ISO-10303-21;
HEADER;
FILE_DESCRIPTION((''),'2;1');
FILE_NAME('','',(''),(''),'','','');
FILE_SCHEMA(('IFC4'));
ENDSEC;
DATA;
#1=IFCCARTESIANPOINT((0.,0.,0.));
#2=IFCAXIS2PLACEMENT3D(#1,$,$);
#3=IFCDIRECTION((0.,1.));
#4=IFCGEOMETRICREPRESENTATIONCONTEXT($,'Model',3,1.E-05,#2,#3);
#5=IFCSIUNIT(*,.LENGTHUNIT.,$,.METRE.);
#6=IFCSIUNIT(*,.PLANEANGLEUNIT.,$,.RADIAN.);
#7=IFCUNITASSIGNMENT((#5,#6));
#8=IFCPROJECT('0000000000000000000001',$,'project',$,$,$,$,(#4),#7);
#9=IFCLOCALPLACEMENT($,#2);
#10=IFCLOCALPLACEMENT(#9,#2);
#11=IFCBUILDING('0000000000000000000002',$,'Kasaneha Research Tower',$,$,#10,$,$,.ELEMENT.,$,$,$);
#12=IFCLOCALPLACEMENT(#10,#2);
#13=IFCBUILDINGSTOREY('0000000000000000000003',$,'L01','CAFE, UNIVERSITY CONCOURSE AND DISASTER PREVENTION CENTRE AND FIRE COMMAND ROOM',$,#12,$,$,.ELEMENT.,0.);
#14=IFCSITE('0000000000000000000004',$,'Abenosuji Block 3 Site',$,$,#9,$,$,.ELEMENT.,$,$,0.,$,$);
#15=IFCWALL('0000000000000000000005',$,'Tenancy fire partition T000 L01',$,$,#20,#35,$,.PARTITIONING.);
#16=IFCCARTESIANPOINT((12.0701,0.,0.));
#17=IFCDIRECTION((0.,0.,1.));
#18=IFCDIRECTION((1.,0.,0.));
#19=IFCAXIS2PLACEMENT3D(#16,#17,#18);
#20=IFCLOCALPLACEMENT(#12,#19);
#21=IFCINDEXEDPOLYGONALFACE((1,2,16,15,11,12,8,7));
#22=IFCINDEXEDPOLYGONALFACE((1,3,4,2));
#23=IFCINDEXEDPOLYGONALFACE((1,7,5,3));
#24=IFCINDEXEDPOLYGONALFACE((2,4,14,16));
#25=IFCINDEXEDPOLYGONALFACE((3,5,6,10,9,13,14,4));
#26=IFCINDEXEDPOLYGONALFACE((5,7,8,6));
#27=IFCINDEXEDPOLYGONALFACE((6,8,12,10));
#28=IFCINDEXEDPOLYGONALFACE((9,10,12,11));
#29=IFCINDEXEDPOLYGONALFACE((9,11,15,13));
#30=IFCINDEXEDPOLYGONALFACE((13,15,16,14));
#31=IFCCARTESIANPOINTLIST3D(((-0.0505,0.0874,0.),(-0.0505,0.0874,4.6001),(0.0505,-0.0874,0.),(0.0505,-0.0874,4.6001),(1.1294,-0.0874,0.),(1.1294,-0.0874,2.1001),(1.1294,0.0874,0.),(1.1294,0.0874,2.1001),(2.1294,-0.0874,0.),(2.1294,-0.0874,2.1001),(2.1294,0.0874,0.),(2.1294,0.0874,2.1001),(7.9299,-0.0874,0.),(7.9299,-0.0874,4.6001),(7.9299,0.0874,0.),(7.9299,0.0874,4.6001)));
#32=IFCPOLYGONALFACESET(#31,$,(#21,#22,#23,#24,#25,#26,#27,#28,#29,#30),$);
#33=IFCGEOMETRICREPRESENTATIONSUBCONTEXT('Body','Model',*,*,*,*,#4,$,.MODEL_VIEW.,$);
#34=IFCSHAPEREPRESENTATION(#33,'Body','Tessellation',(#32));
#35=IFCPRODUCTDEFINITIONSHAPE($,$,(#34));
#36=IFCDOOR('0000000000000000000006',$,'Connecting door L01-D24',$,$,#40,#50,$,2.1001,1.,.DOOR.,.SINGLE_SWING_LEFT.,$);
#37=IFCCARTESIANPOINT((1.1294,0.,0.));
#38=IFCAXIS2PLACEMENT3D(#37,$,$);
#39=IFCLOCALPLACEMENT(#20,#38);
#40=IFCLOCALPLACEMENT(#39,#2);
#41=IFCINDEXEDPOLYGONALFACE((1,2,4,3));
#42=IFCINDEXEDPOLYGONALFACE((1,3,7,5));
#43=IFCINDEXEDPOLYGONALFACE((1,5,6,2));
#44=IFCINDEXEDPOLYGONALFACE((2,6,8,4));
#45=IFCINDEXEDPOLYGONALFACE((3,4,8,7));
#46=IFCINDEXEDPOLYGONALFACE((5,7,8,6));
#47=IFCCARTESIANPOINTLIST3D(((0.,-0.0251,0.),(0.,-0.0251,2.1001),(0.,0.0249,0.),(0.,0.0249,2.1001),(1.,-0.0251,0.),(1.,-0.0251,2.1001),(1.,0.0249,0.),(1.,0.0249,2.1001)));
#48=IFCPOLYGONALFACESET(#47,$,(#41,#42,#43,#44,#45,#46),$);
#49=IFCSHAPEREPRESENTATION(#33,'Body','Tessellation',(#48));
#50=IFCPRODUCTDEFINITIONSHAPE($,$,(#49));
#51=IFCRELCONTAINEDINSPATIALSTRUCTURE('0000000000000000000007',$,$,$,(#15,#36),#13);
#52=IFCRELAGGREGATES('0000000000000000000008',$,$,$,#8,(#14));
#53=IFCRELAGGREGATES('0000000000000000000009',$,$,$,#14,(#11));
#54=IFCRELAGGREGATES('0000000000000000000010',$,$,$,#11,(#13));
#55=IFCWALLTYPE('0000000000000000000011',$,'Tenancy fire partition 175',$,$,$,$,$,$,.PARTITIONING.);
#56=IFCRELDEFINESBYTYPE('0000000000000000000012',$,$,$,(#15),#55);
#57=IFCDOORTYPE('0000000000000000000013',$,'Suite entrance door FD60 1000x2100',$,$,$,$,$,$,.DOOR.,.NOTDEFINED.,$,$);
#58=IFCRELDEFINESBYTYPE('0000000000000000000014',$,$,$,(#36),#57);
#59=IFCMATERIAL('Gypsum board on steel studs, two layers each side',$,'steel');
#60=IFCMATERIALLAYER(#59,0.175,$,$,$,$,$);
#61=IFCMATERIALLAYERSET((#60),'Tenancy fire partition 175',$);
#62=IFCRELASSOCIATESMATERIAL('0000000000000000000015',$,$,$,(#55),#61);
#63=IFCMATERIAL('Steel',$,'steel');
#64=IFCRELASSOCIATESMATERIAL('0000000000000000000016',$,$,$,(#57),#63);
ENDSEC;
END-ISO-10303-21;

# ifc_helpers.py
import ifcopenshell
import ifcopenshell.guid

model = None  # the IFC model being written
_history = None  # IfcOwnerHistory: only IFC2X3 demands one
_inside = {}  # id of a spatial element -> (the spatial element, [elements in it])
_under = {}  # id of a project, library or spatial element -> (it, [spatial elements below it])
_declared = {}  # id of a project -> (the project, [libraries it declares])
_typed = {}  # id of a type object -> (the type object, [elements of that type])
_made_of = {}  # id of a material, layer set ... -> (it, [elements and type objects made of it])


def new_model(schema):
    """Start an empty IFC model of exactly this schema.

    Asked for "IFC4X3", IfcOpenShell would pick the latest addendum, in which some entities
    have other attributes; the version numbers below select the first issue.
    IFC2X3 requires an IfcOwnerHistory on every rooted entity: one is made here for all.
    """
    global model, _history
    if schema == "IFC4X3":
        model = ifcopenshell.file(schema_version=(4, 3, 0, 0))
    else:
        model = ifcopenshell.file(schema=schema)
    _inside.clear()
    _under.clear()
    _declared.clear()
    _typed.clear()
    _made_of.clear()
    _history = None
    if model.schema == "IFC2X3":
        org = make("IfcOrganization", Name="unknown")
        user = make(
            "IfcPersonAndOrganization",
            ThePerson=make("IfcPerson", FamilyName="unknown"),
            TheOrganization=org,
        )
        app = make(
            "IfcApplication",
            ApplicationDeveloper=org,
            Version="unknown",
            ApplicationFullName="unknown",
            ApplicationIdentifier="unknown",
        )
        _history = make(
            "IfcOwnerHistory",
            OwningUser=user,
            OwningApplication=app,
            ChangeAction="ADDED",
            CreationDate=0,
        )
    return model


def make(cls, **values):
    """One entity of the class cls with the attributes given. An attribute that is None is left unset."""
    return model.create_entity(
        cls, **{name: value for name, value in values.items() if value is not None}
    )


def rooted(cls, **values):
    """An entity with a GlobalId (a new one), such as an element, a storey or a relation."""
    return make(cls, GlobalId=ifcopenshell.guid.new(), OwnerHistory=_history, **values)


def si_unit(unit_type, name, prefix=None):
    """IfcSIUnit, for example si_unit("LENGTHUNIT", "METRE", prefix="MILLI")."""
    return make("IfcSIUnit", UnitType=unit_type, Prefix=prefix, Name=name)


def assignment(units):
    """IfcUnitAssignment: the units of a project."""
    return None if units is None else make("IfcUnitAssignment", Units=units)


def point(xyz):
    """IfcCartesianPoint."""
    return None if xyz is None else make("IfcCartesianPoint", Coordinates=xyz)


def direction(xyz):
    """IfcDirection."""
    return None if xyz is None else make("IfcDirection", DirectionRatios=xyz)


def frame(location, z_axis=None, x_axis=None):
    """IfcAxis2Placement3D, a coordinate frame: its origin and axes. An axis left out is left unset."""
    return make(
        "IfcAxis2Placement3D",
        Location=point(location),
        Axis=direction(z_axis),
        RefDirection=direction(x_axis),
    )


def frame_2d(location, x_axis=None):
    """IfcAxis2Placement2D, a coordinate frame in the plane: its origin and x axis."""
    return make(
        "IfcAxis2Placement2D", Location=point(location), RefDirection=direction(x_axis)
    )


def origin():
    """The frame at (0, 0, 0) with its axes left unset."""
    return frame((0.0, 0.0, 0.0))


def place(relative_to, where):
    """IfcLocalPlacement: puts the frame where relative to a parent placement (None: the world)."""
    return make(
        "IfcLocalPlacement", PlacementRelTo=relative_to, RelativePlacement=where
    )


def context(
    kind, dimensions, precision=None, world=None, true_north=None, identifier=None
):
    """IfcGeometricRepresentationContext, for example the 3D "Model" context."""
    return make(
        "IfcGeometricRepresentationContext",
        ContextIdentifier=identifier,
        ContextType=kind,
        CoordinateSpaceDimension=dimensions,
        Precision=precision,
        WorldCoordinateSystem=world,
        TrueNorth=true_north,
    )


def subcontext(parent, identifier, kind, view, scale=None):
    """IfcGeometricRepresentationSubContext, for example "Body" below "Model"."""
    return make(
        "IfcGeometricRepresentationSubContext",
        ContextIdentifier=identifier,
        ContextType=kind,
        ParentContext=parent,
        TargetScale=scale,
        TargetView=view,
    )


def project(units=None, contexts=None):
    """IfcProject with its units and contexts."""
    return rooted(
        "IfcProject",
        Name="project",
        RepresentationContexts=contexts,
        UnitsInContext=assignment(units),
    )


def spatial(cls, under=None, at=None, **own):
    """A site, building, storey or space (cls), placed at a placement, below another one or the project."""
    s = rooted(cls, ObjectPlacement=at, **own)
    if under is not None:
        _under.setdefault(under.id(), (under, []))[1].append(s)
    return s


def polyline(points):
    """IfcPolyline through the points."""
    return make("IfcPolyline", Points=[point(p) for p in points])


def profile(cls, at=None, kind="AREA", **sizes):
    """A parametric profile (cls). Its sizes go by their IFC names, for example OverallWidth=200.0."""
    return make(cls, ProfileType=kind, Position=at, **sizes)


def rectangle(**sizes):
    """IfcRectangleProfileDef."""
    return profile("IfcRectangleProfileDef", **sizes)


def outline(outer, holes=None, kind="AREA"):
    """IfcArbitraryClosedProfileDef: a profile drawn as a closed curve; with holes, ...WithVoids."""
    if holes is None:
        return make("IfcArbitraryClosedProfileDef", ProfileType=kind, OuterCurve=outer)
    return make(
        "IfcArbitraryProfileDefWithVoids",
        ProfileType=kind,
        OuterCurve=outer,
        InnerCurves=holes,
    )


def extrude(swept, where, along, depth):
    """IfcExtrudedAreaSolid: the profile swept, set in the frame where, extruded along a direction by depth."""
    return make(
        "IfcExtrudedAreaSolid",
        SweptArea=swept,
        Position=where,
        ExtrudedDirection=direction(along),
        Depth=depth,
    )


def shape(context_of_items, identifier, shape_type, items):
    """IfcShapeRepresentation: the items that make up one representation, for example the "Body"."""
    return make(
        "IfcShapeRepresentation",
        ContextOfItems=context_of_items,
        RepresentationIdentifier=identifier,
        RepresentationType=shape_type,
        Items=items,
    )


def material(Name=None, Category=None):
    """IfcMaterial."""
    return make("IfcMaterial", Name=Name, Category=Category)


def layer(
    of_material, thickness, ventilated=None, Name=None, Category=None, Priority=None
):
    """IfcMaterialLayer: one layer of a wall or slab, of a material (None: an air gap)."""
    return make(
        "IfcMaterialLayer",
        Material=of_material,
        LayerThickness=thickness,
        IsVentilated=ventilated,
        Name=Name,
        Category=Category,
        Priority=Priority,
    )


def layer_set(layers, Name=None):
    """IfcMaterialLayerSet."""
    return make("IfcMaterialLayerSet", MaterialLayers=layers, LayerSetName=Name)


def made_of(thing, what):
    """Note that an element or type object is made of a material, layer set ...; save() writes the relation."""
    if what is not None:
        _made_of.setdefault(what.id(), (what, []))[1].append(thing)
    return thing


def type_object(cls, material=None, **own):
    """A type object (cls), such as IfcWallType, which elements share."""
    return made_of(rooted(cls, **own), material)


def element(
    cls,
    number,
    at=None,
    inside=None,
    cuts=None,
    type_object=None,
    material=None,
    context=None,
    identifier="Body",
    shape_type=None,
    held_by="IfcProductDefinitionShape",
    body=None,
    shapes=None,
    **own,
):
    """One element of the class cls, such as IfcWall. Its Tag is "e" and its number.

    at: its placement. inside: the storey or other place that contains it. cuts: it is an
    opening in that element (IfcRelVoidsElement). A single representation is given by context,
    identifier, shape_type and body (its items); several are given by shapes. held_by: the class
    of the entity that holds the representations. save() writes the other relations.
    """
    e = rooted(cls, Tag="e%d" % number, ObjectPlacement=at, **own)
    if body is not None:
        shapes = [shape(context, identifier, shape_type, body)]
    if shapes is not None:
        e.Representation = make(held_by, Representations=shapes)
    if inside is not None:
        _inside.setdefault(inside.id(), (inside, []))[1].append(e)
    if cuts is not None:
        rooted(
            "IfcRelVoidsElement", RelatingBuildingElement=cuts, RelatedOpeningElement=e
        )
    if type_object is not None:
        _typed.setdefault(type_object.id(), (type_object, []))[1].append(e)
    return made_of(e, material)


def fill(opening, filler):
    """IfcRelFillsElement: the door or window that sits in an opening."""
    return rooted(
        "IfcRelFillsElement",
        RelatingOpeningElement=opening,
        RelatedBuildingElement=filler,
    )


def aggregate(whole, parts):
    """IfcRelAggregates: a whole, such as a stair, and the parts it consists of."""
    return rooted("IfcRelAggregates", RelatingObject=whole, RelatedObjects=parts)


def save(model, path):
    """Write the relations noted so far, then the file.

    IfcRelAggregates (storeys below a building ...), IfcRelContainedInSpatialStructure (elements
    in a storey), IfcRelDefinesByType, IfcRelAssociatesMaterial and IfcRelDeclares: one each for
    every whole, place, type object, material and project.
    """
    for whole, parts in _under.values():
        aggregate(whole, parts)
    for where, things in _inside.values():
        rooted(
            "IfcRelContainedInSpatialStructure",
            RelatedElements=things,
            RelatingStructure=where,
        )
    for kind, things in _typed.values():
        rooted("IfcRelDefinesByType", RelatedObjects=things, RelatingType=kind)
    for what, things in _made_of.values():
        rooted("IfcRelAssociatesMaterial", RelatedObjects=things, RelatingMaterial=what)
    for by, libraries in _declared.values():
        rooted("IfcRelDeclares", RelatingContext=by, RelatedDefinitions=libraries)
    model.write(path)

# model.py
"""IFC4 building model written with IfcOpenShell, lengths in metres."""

from ifc_helpers import new_model, si_unit, direction, frame, frame_2d, origin, place, context, subcontext, project, spatial, polyline, rectangle, outline, extrude, material, layer, layer_set, type_object, element, fill, save


model = new_model("IFC4")

# Units and contexts
model_context = context("Model", 3, precision=1e-05, world=origin(), true_north=direction((0.0, 1.0)))
body_context = subcontext(model_context, "Body", "Model", "MODEL_VIEW")
ifc_project = project(units=[si_unit("LENGTHUNIT", "METRE"), si_unit("PLANEANGLEUNIT", "RADIAN")], contexts=[model_context])

# Site, building, storey
site_placement = place(None, origin())
site = spatial("IfcSite", under=ifc_project, at=site_placement, Name="Abenosuji Block 3 Site", CompositionType="ELEMENT", RefElevation=0.0)
building_placement = place(site_placement, origin())
building = spatial("IfcBuilding", under=site, at=building_placement, Name="Kasaneha Research Tower", CompositionType="ELEMENT")
storey_placement = place(building_placement, origin())
storey = spatial("IfcBuildingStorey", under=building, at=storey_placement, Name="L01", Description="CAFE, UNIVERSITY CONCOURSE AND DISASTER PREVENTION CENTRE AND FIRE COMMAND ROOM", CompositionType="ELEMENT", Elevation=0.0)

# Wall, opening, door
ifc_material_1 = material(Name="Gypsum board on steel studs, two layers each side", Category="steel")
ifc_layer_1 = layer(ifc_material_1, 0.175)
ifc_layer_set_1 = layer_set([ifc_layer_1], Name="Tenancy fire partition 175")
wall_type_1 = type_object("IfcWallType", Name="Tenancy fire partition 175", PredefinedType="PARTITIONING", material=ifc_layer_set_1)
wall_1_placement = place(storey_placement, frame((12.0701, 0.0, 0.0), z_axis=(0.0, 0.0, 1.0), x_axis=(1.0, 0.0, 0.0)))
wall_1 = element("IfcWall", 1, at=wall_1_placement, inside=storey, type_object=wall_type_1, Name="Tenancy fire partition T000 L01", PredefinedType="PARTITIONING", context=body_context, shape_type="SweptSolid", body=[
    extrude(outline(polyline([(0.0505, -0.0874), (1.1294, -0.0874), (2.1294, -0.0874), (7.9299, -0.0874), (7.9299, 0.0874), (2.1294, 0.0874), (1.1294, 0.0874), (-0.0505, 0.0874), (0.0505, -0.0874)])), origin(), (0.0, 0.0, 1.0), 4.6001),
])
opening_1_placement = place(wall_1_placement, frame((1.1294, 0.0, 0.0)))
opening_1 = element("IfcOpeningElement", 2, at=opening_1_placement, cuts=wall_1, PredefinedType="OPENING", context=body_context, shape_type="SweptSolid", body=[
    extrude(rectangle(XDim=1.0, YDim=2.1001, at=frame_2d((0.5, 1.05))), frame((0.0, 0.0977, 0.0), z_axis=(0.0, -1.0, 0.0), x_axis=(1.0, 0.0, 0.0)), (0.0, 0.0, 1.0), 0.1951),
])
ifc_material_2 = material(Name="Steel", Category="steel")
door_type_1 = type_object("IfcDoorType", Name="Suite entrance door FD60 1000x2100", OperationType="NOTDEFINED", PredefinedType="DOOR", material=ifc_material_2)
door_1_placement = place(opening_1_placement, origin())
door_1 = element("IfcDoor", 3, at=door_1_placement, inside=storey, type_object=door_type_1, Name="Connecting door L01-D24", OperationType="SINGLE_SWING_LEFT", OverallHeight=2.1001, OverallWidth=1.0, PredefinedType="DOOR", context=body_context, shape_type="SweptSolid", body=[
    extrude(rectangle(XDim=1.0, YDim=2.1001, at=frame_2d((0.5, 1.05))), frame((0.0, 0.0249, 0.0), z_axis=(0.0, -1.0, 0.0), x_axis=(1.0, 0.0, 0.0)), (0.0, 0.0, 1.0), 0.05),
])
fill(opening_1, door_1)

save(model, "model.ifc")
